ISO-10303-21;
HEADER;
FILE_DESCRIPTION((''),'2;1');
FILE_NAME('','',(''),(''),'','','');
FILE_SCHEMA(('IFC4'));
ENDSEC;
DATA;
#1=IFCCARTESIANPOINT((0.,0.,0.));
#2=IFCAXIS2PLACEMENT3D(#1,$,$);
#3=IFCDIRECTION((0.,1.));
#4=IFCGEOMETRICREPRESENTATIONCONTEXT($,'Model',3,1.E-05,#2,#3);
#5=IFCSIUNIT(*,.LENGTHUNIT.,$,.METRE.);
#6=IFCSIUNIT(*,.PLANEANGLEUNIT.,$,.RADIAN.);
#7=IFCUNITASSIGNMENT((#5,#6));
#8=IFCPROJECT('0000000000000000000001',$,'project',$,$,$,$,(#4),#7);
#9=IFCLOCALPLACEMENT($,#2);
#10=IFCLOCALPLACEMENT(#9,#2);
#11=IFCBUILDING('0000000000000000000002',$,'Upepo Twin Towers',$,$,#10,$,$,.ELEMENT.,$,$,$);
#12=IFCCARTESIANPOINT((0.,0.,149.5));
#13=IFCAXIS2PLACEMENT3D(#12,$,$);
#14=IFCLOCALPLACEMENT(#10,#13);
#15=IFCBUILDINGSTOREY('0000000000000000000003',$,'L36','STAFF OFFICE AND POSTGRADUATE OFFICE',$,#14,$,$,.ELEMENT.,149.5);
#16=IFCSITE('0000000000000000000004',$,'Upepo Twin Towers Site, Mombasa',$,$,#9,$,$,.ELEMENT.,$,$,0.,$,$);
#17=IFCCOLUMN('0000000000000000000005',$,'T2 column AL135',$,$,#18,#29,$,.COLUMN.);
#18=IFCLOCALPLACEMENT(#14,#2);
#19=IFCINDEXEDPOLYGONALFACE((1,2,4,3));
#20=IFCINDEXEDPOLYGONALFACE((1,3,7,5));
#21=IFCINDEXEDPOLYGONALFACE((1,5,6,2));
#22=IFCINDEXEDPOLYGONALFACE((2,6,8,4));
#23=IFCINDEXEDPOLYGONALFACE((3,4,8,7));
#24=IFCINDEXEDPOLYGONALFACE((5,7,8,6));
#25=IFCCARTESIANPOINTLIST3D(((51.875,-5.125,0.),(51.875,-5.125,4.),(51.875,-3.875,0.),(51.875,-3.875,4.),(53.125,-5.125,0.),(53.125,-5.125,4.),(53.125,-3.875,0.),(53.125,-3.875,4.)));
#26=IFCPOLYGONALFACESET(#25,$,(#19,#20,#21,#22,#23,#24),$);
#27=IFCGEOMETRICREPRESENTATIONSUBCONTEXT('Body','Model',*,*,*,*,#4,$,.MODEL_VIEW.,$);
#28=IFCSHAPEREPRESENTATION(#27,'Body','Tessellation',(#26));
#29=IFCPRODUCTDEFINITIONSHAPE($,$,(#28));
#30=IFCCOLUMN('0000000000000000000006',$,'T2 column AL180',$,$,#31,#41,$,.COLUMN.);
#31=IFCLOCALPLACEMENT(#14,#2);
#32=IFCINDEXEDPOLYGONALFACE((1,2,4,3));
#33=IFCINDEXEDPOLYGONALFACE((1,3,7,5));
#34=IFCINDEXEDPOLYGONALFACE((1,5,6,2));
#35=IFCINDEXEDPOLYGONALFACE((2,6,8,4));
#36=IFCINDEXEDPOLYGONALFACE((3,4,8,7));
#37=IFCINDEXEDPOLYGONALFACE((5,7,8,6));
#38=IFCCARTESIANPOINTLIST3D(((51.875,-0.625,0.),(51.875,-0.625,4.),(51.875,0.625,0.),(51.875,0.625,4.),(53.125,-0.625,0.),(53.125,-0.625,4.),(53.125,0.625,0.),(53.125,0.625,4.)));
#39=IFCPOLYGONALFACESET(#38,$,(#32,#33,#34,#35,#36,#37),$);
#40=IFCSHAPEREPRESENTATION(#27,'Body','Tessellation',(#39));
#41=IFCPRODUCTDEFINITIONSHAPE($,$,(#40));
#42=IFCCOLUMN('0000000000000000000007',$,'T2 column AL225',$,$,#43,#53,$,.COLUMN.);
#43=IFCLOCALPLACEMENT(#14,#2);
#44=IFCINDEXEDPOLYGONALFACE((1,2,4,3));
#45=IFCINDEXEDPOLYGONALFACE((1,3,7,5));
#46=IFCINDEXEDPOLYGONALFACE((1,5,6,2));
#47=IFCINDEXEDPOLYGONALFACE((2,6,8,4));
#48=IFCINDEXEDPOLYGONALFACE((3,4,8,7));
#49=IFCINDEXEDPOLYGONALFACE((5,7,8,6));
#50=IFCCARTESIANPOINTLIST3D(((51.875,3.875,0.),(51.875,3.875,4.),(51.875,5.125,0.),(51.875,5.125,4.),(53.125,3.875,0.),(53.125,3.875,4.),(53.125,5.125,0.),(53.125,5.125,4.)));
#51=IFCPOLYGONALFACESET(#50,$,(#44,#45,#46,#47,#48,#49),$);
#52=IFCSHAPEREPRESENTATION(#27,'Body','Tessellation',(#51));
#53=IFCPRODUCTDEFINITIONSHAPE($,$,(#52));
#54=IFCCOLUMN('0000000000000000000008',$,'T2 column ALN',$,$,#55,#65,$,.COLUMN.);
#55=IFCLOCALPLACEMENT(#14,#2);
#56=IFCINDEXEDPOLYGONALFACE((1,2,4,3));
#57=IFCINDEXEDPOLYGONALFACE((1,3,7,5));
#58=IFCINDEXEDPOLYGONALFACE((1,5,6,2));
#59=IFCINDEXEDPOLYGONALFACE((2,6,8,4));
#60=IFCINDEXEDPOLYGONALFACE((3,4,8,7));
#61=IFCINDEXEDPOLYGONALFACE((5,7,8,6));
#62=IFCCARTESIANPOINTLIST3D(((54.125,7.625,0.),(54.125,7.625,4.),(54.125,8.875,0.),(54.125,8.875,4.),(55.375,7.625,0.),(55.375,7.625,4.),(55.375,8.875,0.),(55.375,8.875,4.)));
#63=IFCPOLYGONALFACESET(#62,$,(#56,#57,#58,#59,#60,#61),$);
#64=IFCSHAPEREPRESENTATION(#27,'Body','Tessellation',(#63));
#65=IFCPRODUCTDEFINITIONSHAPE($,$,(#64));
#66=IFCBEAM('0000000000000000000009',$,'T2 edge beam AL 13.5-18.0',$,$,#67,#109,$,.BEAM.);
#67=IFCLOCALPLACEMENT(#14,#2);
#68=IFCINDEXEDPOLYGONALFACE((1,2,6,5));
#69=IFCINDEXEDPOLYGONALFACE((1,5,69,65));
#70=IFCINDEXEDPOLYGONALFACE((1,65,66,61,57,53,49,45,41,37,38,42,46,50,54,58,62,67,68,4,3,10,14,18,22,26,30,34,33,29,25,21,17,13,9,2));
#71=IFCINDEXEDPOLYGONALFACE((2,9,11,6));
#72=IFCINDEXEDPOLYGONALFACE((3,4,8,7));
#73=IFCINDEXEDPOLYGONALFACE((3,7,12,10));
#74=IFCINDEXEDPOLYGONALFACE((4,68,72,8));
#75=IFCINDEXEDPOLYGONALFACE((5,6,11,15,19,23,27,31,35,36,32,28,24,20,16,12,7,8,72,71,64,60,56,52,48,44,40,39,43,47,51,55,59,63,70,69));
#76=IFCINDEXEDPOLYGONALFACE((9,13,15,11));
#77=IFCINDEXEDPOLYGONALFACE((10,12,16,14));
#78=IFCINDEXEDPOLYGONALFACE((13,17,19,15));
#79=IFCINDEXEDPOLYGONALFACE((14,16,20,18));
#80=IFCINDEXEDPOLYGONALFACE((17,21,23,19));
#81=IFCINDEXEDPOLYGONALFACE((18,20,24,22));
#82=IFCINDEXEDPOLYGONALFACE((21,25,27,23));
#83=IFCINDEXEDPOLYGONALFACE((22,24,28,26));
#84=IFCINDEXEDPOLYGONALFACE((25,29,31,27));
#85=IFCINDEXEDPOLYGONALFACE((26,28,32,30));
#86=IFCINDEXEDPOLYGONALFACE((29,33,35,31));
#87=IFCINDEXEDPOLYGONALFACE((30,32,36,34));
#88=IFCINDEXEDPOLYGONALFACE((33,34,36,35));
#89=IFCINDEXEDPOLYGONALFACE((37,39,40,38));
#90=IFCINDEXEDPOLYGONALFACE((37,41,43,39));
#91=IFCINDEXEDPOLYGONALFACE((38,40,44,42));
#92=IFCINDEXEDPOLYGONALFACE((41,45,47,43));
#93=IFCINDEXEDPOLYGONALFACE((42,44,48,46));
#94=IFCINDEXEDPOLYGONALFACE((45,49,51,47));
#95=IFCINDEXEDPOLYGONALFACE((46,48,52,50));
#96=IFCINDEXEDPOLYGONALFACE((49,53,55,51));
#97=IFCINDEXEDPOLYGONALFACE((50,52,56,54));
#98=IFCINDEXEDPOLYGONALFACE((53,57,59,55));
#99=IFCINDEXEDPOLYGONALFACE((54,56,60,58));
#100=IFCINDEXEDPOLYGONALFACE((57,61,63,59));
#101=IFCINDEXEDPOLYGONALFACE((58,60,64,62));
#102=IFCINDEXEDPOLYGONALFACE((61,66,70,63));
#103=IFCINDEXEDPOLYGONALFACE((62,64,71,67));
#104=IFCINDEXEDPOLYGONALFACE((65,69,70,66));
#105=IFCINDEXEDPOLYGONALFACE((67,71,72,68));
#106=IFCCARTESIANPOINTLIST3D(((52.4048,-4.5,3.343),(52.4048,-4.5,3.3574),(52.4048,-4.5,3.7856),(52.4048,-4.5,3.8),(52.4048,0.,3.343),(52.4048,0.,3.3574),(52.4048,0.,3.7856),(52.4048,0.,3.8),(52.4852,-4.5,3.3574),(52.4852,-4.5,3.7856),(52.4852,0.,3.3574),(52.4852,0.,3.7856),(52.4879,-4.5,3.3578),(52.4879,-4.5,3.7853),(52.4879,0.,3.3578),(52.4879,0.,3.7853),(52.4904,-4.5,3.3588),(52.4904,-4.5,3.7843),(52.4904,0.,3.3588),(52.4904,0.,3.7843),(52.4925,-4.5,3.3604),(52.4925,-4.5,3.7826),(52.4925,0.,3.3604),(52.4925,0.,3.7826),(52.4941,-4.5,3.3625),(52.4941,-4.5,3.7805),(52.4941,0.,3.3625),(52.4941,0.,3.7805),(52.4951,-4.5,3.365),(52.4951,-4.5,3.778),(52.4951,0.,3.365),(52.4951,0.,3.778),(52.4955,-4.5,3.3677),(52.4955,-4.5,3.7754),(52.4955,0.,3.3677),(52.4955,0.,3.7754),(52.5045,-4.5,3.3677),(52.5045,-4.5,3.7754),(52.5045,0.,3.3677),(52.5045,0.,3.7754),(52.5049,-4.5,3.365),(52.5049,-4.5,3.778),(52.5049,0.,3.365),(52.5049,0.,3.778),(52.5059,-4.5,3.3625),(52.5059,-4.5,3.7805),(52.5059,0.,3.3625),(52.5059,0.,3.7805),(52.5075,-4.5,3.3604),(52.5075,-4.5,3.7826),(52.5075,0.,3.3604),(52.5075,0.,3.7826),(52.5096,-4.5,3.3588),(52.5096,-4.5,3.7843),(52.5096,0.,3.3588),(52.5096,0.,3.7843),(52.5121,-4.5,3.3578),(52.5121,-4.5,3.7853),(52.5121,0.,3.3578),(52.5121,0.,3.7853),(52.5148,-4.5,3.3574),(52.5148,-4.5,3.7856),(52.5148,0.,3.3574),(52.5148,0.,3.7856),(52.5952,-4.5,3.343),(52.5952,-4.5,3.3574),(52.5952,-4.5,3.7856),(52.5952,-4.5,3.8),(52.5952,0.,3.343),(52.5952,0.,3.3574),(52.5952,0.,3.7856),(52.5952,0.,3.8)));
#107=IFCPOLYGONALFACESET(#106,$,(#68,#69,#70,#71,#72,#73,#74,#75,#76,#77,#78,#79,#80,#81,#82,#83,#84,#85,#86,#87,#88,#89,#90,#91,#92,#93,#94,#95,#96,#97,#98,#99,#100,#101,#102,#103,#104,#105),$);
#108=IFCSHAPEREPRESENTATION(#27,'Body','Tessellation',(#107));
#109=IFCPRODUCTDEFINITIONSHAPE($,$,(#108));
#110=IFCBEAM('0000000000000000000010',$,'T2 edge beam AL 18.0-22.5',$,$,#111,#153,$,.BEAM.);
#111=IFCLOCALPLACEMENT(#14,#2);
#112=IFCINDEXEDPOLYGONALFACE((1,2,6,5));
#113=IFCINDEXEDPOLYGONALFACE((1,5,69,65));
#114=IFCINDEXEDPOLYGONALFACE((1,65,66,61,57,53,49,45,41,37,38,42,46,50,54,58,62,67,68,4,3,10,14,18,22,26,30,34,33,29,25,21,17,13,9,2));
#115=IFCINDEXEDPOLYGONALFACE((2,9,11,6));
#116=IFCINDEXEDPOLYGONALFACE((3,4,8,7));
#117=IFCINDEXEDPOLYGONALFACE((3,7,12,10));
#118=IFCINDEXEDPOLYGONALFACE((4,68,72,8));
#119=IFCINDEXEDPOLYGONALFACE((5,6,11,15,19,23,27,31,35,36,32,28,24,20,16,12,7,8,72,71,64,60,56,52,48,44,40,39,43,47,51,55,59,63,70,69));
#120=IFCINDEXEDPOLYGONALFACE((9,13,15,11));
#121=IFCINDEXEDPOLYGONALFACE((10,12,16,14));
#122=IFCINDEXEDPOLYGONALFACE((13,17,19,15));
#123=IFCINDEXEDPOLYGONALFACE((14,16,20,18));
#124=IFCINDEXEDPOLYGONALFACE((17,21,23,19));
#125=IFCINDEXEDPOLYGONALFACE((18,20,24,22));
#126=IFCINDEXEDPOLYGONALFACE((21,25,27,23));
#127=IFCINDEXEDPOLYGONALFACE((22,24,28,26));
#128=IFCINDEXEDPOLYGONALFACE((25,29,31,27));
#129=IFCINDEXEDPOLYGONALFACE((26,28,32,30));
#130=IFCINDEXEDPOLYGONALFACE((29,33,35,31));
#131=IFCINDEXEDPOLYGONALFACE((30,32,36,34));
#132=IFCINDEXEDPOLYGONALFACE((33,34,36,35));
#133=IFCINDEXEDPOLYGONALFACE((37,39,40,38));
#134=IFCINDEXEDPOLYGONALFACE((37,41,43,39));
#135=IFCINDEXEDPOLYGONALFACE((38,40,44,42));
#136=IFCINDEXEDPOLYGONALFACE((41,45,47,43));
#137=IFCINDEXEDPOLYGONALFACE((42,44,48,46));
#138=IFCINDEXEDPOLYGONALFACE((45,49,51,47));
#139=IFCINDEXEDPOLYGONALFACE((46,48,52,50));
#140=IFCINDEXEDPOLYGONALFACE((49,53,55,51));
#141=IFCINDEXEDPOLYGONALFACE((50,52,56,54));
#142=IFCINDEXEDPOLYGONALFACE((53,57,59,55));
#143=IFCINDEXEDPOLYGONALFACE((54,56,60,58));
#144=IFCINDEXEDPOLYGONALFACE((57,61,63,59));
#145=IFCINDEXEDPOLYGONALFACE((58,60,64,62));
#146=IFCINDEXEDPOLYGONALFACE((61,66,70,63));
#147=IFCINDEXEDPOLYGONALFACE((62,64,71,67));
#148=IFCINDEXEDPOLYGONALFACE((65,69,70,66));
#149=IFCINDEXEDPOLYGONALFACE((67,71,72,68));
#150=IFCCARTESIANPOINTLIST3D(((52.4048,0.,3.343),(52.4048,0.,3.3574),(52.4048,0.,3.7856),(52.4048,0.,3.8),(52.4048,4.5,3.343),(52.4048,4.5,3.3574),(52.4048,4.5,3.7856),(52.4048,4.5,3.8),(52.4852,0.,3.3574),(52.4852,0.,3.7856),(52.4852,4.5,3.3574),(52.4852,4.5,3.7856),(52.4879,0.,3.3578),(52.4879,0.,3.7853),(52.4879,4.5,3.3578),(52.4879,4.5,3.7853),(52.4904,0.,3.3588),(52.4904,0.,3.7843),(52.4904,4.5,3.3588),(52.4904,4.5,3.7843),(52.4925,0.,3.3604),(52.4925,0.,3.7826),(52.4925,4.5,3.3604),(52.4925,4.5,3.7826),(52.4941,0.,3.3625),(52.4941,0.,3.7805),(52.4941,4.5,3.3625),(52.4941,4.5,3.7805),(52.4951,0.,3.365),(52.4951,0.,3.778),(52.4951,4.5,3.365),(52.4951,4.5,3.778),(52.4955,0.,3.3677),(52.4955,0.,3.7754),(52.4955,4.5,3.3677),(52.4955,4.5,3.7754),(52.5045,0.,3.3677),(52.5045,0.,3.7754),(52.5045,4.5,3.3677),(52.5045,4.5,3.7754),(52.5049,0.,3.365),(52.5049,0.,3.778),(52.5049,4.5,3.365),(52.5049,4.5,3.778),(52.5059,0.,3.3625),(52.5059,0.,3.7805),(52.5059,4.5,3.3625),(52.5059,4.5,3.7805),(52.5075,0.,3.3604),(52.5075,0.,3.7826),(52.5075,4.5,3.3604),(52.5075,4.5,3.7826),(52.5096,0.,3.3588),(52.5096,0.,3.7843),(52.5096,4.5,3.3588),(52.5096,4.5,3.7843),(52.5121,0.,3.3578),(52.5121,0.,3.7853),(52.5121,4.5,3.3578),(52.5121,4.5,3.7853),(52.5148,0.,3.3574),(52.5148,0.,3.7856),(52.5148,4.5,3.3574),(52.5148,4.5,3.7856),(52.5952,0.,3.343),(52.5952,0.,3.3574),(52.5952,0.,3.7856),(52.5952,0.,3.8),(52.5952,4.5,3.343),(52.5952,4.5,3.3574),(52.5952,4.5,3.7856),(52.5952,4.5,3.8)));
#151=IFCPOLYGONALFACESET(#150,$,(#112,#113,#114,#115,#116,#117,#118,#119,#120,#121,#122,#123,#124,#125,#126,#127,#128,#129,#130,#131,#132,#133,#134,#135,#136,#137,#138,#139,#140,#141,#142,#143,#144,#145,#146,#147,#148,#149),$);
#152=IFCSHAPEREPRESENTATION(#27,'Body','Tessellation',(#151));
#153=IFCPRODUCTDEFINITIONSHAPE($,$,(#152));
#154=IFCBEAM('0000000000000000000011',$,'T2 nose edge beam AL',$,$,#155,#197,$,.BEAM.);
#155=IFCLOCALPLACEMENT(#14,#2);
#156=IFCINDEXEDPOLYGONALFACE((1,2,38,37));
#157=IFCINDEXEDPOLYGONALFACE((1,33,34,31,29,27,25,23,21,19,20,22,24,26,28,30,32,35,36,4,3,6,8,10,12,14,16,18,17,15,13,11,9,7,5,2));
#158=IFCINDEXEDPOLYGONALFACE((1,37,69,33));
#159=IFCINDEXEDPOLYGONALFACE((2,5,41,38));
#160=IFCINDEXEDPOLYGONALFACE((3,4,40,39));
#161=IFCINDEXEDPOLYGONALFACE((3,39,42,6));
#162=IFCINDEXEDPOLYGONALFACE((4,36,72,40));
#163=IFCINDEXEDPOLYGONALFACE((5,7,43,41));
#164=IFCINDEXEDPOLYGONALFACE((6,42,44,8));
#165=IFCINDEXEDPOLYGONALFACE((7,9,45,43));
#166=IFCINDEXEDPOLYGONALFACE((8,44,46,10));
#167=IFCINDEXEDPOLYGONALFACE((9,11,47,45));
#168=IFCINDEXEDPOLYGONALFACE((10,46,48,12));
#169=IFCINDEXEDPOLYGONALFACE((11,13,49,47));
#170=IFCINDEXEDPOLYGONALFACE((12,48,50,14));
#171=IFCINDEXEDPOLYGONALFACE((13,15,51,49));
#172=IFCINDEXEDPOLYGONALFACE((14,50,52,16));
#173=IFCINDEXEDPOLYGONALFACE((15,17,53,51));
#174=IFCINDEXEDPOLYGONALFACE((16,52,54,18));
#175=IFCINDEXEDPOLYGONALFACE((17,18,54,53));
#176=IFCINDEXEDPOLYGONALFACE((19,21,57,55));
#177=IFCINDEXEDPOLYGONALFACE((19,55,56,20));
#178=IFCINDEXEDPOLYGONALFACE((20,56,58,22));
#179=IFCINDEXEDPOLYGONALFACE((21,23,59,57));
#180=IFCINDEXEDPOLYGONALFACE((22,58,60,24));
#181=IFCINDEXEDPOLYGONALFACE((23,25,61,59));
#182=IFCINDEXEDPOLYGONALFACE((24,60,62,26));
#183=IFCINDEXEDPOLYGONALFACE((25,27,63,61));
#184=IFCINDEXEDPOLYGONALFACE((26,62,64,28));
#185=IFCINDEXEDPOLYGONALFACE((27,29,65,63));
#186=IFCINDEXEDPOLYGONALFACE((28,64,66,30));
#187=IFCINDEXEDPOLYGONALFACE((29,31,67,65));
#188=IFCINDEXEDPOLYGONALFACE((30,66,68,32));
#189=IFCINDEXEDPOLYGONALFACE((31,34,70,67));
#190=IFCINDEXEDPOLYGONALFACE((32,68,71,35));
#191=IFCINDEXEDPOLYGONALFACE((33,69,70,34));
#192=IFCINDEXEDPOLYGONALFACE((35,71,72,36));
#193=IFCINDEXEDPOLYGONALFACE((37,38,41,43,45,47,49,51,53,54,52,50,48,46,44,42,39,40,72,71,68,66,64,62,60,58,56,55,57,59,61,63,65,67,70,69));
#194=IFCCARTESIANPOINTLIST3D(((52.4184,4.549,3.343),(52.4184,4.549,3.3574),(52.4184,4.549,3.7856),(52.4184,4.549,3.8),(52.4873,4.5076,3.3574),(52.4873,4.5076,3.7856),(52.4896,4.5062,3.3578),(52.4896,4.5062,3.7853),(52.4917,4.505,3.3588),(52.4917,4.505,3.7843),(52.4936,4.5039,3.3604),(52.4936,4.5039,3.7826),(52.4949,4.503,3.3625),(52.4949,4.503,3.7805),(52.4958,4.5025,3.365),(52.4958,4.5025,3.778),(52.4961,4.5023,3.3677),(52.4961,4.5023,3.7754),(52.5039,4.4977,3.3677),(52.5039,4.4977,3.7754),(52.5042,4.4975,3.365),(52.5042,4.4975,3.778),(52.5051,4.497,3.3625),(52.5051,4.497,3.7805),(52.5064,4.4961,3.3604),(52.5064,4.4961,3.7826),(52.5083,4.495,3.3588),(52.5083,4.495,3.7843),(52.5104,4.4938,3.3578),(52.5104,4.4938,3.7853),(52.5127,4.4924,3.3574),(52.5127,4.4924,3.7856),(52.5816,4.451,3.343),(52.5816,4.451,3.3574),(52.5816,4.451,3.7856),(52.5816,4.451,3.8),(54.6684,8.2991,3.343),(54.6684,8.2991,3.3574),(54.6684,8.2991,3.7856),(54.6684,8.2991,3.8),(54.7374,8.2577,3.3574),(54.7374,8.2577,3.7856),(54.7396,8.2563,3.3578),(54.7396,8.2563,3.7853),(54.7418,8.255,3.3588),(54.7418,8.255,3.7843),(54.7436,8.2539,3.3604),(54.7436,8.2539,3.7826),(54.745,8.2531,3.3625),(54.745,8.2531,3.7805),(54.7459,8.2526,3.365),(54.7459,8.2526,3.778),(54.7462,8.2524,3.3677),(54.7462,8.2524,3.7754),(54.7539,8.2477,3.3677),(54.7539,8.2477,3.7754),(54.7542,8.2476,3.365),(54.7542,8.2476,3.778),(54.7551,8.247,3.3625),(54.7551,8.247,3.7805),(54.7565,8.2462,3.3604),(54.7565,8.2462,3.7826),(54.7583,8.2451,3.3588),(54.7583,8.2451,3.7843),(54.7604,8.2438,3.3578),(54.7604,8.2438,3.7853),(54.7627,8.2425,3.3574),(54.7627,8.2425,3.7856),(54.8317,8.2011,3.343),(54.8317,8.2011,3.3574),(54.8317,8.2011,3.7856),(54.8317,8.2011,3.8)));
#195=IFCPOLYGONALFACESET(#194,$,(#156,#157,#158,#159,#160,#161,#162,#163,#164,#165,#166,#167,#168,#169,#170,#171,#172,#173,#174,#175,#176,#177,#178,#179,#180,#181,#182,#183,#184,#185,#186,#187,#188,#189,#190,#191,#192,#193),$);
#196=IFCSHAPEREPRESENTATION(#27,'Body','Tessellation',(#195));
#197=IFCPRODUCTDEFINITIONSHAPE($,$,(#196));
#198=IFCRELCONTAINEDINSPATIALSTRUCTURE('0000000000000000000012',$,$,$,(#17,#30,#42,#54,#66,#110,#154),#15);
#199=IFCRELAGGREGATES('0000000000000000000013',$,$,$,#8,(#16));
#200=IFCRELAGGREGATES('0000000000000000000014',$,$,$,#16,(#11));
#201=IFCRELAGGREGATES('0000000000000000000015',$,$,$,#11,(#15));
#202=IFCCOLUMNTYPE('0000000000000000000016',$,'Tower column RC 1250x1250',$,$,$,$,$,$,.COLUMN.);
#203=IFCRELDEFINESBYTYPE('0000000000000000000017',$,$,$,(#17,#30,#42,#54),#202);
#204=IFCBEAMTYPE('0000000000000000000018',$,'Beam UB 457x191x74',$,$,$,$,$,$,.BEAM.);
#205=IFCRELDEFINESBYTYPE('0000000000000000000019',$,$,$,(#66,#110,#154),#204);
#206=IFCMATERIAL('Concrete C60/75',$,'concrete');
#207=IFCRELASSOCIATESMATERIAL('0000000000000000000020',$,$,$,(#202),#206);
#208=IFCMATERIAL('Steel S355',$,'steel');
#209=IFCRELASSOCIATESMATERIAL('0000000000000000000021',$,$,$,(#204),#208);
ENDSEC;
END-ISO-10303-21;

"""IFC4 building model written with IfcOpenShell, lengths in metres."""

from ifc_helpers import new_model, si_unit, direction, frame, origin, origin_2d, place, context, subcontext, project, spatial, rectangle, i_section, extrude, material, material_profile, profile_set, type_object, element, save


model = new_model("IFC4")

# Units and contexts
model_context = context("Model", 3, precision=1e-05, world=origin(), true_north=direction((0.0, 1.0)))
body_context = subcontext(model_context, "Body", "Model", "MODEL_VIEW")
ifc_project = project(units=[si_unit("LENGTHUNIT", "METRE"), si_unit("PLANEANGLEUNIT", "RADIAN")], contexts=[model_context])

# Site, building, storey
site_placement = place(None, origin())
site = spatial("IfcSite", under=ifc_project, at=site_placement, Name="Upepo Twin Towers Site, Mombasa", CompositionType="ELEMENT", RefElevation=0.0)
building_placement = place(site_placement, origin())
building = spatial("IfcBuilding", under=site, at=building_placement, Name="Upepo Twin Towers", CompositionType="ELEMENT")
storey_placement = place(building_placement, frame((0.0, 0.0, 149.5)))
storey = spatial("IfcBuildingStorey", under=building, at=storey_placement, Name="L36", Description="STAFF OFFICE AND POSTGRADUATE OFFICE", CompositionType="ELEMENT", Elevation=149.5)

# Columns
ifc_material_1 = material(Name="Concrete C60/75", Category="concrete")
ifc_material_profile_1 = material_profile(ifc_material_1, rectangle(XDim=1.25, YDim=1.25, at=origin_2d()), Name="RC 1250x1250")
ifc_profile_set_1 = profile_set([ifc_material_profile_1], Name="Concrete C60/75")
column_type = type_object("IfcColumnType", Name="Tower column RC 1250x1250", PredefinedType="COLUMN", material=ifc_profile_set_1)
for number, where, z_axis, x_axis, name in (
    (1, (52.5, -4.5, 0.0), (0.0, 0.0, 1.0), (1.0, 0.0, 0.0), "T2 column AL135"),
    (2, (52.5, 0.0, 0.0), (0.0, 0.0, 1.0), (1.0, 0.0, 0.0), "T2 column AL180"),
    (3, (52.5, 4.5, 0.0), (0.0, 0.0, 1.0), (1.0, 0.0, 0.0), "T2 column AL225"),
    (4, (54.75, 8.25, 0.0), (0.0, 0.0, 1.0), (1.0, 0.0, 0.0), "T2 column ALN"),
):
    element("IfcColumn", number, at=place(storey_placement, frame(where, z_axis=z_axis, x_axis=x_axis)), inside=storey, type_object=column_type, Name=name, PredefinedType="COLUMN", context=body_context, shape_type="SweptSolid", body=[
        extrude(rectangle(XDim=1.25, YDim=1.25, at=origin_2d()), origin(), (0.0, 0.0, 1.0), 4.0),
    ])

# Beams
ifc_material_2 = material(Name="Steel S355", Category="steel")
ifc_material_profile_2 = material_profile(ifc_material_2, i_section(OverallWidth=0.1904, OverallDepth=0.457, WebThickness=0.009, FlangeThickness=0.0144, FilletRadius=0.0103, at=origin_2d()), Name="UB 457x191x74")
ifc_profile_set_2 = profile_set([ifc_material_profile_2], Name="Steel S355")
beam_type_1 = type_object("IfcBeamType", Name="Beam UB 457x191x74", PredefinedType="BEAM", material=ifc_profile_set_2)
for number, where, z_axis, x_axis, name in (
    (5, (52.5, -4.5, 3.5715), (0.0, 1.0, 0.0), (-1.0, 0.0, 0.0), "T2 edge beam AL 13.5-18.0"),
    (6, (52.5, 0.0, 3.5715), (0.0, 1.0, 0.0), (-1.0, 0.0, 0.0), "T2 edge beam AL 18.0-22.5"),
):
    element("IfcBeam", number, at=place(storey_placement, frame(where, z_axis=z_axis, x_axis=x_axis)), inside=storey, type_object=beam_type_1, Name=name, PredefinedType="BEAM", context=body_context, shape_type="SweptSolid", body=[
        extrude(i_section(OverallWidth=0.1904, OverallDepth=0.457, WebThickness=0.009, FlangeThickness=0.0144, FilletRadius=0.0103, at=origin_2d()), origin(), (0.0, 0.0, 1.0), 4.5),
    ])
beam_1_placement = place(storey_placement, frame((52.5, 4.5, 3.5715), z_axis=(0.514496, 0.857493, 0.0), x_axis=(-0.857493, 0.514496, 0.0)))
element("IfcBeam", 7, at=beam_1_placement, inside=storey, type_object=beam_type_1, Name="T2 nose edge beam AL", PredefinedType="BEAM", context=body_context, shape_type="SweptSolid", body=[
    extrude(i_section(OverallWidth=0.1904, OverallDepth=0.457, WebThickness=0.009, FlangeThickness=0.0144, FilletRadius=0.0103, at=origin_2d()), origin(), (0.0, 0.0, 1.0), 4.3733),
])

save(model, "model.ifc")
